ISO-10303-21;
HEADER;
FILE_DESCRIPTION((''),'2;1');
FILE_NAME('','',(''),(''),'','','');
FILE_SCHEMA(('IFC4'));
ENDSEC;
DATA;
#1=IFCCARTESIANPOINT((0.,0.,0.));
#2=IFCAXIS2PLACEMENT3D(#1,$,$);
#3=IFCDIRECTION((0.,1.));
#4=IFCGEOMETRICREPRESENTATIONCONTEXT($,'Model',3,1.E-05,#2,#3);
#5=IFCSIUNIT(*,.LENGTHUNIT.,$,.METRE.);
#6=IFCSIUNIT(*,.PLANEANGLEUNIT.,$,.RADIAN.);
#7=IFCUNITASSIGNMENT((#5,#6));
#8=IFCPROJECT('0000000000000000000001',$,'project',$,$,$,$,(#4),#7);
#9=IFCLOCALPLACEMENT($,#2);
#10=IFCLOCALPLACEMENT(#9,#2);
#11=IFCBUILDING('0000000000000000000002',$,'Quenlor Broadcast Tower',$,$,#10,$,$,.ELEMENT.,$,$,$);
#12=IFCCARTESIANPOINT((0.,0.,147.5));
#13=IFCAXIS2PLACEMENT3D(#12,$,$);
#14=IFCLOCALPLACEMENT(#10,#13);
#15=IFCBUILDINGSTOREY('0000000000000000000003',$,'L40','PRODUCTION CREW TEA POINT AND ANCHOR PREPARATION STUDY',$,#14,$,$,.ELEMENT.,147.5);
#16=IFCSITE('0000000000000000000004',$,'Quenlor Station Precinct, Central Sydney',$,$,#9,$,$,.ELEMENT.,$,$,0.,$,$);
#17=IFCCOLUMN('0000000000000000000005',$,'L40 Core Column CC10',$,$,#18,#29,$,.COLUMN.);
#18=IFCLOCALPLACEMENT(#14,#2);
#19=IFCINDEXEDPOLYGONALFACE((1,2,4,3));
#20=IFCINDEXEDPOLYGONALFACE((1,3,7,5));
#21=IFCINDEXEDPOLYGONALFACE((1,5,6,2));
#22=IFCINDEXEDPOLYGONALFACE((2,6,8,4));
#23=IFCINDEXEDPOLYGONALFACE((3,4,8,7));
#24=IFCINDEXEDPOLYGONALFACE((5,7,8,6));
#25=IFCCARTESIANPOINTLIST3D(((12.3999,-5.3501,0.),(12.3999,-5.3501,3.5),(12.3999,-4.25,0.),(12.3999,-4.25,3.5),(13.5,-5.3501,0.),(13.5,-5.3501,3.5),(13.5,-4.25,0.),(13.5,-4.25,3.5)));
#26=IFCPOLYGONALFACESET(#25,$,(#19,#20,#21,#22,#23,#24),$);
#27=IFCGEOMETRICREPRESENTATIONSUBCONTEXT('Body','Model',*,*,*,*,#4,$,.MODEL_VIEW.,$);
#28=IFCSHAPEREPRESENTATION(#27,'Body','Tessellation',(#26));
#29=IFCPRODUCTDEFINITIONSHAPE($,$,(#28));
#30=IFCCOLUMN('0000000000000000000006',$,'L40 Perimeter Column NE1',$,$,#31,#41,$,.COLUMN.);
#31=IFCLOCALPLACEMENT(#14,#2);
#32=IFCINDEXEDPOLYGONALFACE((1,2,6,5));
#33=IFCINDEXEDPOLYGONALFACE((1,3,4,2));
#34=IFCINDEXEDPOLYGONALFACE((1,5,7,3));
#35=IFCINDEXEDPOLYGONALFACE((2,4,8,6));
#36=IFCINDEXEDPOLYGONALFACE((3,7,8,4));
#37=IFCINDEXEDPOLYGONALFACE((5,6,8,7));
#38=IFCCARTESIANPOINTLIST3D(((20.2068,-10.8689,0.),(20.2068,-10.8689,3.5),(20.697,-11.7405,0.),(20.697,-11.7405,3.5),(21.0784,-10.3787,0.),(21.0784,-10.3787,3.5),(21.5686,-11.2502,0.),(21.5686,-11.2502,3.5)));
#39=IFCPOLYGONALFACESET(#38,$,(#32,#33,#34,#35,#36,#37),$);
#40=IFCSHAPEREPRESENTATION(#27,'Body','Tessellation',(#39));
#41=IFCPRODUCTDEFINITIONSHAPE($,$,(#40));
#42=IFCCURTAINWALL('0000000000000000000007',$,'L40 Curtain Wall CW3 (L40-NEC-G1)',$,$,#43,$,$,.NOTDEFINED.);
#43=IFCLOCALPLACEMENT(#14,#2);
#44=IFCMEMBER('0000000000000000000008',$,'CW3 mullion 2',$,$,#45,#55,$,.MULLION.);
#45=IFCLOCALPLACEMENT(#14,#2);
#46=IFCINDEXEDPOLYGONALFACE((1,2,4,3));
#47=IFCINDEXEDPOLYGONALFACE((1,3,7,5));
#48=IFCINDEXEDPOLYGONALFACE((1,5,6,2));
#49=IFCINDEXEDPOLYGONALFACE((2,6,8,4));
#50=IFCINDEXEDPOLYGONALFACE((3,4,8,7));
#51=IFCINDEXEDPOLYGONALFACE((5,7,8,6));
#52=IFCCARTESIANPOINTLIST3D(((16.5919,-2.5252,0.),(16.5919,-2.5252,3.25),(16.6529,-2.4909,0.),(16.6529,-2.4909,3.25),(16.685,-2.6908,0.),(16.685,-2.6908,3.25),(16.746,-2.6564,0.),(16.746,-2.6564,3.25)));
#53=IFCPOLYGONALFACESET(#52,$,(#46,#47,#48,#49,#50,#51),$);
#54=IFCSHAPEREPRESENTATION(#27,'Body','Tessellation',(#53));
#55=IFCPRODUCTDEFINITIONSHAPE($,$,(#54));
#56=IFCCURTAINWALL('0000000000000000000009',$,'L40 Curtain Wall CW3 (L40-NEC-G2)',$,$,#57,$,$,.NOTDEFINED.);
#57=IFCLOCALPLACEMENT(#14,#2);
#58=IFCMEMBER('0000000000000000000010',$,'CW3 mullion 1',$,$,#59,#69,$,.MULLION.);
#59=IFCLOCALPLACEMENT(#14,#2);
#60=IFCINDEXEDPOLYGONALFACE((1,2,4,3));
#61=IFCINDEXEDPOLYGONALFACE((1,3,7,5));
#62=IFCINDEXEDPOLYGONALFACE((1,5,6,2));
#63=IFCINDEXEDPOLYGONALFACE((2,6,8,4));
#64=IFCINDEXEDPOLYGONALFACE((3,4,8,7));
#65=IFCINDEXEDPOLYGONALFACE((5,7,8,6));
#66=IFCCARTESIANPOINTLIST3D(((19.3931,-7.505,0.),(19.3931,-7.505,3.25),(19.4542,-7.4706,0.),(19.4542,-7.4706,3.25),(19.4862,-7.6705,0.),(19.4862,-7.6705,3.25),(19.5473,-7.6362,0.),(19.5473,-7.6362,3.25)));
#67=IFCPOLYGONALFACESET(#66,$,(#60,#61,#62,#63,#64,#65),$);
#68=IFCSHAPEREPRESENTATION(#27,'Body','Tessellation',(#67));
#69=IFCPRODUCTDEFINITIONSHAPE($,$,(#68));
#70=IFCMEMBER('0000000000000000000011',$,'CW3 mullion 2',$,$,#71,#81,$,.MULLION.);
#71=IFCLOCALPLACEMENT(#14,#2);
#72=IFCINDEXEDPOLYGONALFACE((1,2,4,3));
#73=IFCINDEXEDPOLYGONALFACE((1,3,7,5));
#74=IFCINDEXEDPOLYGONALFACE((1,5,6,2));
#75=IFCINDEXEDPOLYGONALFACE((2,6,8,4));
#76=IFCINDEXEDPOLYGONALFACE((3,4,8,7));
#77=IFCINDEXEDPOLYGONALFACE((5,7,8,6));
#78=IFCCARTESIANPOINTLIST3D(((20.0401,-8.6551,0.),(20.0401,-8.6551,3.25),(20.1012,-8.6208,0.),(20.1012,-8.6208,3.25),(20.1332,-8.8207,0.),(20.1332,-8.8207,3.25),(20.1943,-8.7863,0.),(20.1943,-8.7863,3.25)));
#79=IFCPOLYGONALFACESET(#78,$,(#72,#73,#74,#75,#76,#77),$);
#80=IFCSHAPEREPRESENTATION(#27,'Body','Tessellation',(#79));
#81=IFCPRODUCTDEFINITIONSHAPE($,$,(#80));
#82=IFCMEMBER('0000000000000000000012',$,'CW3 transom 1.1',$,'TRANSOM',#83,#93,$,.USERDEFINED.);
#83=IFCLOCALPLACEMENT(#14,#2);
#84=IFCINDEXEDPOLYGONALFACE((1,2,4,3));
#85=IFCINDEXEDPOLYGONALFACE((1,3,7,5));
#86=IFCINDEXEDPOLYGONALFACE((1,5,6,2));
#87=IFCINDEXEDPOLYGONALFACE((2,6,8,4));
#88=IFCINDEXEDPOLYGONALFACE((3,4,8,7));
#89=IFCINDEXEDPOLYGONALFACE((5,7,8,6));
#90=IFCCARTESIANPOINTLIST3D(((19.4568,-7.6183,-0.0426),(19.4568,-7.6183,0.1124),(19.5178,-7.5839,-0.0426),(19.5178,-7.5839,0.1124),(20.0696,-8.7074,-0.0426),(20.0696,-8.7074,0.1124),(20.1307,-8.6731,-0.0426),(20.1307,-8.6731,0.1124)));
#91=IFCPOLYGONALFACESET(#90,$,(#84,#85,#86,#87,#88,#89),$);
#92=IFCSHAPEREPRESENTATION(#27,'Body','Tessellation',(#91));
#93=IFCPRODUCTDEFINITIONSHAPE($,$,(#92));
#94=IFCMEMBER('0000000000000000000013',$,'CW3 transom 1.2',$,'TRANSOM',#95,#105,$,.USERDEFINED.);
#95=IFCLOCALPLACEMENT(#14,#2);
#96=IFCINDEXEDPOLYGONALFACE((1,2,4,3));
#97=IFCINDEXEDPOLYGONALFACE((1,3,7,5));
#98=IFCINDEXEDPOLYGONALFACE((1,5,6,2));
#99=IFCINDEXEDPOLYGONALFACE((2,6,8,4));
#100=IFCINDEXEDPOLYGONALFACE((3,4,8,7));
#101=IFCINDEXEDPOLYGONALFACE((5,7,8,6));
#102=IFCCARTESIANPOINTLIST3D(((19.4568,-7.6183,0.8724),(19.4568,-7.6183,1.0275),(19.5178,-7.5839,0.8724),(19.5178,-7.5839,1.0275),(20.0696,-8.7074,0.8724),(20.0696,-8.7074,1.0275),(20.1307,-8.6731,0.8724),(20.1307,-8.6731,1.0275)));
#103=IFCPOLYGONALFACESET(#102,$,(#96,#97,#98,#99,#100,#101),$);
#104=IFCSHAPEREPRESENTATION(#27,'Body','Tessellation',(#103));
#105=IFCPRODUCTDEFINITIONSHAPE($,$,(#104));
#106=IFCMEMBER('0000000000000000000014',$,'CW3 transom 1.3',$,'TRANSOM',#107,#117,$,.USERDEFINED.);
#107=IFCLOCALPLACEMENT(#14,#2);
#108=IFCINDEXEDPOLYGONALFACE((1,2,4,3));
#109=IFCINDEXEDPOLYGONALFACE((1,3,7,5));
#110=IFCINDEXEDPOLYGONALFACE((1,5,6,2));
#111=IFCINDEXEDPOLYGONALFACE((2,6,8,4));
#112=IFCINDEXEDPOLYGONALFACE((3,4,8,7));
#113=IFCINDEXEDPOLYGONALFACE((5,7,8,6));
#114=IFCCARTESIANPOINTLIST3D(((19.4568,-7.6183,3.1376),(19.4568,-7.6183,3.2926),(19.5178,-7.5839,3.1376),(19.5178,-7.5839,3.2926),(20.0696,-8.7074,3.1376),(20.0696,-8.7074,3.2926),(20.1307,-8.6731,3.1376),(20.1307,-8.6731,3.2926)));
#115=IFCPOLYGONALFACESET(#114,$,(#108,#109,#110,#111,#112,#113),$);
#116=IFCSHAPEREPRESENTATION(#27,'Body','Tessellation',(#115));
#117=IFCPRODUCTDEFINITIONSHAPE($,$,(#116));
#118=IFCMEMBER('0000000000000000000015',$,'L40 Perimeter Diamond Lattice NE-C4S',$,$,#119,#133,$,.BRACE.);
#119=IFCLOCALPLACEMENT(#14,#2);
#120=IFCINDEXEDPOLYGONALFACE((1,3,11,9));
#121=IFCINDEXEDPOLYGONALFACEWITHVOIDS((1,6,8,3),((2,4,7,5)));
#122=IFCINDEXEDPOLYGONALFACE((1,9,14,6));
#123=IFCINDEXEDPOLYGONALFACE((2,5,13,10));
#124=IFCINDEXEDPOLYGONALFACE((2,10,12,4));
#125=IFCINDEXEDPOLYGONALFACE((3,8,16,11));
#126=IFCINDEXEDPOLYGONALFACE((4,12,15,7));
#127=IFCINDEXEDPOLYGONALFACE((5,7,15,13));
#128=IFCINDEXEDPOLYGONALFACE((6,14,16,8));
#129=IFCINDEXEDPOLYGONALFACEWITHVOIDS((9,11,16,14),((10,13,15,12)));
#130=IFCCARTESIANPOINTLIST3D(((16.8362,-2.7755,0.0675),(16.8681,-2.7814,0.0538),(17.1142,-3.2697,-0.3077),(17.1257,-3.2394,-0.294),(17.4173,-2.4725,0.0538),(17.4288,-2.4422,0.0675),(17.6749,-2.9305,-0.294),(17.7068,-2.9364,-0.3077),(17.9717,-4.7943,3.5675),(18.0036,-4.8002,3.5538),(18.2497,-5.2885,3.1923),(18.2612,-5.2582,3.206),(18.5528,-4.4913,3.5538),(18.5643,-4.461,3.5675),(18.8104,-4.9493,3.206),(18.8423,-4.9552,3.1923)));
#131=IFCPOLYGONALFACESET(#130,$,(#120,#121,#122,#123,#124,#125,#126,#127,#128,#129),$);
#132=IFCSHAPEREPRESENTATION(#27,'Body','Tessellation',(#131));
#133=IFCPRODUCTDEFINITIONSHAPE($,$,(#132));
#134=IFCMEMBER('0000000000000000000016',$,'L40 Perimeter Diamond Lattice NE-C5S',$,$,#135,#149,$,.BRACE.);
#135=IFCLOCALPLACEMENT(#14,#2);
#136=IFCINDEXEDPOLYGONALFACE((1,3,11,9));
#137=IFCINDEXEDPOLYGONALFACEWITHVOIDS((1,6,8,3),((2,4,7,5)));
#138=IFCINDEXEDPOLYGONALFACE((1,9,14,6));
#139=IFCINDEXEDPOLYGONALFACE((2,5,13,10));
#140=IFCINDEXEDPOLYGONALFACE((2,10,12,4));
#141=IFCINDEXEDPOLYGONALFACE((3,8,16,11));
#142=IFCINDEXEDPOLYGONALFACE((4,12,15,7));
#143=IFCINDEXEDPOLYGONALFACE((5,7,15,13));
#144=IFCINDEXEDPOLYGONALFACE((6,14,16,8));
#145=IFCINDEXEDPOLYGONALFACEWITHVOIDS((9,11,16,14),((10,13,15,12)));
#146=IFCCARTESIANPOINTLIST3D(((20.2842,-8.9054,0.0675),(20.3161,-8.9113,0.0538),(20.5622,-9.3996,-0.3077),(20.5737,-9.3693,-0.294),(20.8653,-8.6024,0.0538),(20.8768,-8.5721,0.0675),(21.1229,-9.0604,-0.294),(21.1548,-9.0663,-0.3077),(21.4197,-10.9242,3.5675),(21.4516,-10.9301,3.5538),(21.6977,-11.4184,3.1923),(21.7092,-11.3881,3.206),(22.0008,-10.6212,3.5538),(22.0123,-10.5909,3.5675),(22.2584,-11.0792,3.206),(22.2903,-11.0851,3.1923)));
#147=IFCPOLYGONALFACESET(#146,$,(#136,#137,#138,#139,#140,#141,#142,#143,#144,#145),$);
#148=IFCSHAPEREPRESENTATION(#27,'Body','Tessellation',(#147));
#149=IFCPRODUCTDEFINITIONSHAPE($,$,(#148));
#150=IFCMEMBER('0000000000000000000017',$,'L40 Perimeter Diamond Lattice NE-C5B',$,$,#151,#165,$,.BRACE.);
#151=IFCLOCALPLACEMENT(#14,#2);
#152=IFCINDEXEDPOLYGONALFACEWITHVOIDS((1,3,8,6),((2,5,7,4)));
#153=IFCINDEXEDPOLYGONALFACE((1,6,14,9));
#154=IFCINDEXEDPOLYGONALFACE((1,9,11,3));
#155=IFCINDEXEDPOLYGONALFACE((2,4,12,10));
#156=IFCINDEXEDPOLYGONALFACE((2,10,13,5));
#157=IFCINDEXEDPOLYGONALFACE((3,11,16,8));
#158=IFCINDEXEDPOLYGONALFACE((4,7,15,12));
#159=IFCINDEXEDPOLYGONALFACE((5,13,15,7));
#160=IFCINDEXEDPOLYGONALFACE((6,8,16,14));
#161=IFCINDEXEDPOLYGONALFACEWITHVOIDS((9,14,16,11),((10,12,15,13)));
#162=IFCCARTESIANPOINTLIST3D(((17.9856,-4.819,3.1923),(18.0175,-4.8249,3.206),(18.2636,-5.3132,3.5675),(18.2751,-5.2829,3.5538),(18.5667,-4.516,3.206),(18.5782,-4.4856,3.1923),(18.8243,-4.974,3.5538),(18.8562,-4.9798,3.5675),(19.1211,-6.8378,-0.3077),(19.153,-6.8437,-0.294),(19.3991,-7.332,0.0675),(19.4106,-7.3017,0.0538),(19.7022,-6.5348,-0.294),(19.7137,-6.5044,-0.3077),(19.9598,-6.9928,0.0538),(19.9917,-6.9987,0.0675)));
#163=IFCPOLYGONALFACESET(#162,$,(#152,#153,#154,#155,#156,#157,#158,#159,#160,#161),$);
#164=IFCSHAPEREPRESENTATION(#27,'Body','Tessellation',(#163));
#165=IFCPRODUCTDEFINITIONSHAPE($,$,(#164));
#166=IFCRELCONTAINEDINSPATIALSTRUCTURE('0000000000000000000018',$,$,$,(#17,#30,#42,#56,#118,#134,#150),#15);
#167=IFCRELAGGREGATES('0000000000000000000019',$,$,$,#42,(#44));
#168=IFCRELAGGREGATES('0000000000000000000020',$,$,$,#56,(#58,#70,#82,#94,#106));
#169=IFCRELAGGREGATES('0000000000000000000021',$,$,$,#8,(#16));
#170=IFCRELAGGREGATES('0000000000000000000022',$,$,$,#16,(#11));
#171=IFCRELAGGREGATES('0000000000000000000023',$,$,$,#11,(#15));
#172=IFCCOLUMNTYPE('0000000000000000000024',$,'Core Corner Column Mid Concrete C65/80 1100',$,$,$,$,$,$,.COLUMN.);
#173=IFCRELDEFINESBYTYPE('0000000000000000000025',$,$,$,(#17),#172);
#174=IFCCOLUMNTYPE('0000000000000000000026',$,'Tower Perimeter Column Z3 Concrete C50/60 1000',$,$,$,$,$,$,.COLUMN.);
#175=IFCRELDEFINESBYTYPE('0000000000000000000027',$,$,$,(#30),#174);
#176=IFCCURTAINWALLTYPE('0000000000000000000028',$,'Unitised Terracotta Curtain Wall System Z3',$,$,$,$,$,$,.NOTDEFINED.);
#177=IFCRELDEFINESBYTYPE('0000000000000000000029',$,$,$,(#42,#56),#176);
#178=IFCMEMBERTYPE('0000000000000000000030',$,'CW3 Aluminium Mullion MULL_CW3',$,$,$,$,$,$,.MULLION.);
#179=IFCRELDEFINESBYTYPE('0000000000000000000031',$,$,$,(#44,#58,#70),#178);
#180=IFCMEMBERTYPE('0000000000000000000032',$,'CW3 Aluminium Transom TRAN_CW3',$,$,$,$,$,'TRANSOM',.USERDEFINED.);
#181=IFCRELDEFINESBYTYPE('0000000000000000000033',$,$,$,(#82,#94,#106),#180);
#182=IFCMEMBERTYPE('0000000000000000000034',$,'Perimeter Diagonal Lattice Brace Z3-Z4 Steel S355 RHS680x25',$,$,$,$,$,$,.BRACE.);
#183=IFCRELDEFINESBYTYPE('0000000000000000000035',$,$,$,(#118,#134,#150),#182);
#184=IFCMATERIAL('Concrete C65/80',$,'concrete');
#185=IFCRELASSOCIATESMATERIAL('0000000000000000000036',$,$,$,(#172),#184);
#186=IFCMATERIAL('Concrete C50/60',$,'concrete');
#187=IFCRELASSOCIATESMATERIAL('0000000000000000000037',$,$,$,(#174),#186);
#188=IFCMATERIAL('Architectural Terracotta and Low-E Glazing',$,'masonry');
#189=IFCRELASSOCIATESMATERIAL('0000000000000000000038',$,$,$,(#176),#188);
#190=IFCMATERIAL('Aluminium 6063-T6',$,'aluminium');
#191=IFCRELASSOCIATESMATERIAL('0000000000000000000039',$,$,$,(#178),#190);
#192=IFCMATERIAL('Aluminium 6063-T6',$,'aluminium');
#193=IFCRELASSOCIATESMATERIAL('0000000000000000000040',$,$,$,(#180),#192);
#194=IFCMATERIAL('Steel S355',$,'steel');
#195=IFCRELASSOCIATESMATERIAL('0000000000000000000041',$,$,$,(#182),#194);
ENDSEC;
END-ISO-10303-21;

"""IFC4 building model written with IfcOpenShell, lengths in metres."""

from ifc_helpers import new_model, si_unit, direction, frame, origin, origin_2d, place, context, subcontext, project, spatial, rectangle, hollow_rectangle, extrude, material, material_profile, profile_set, type_object, element, aggregate, save


model = new_model("IFC4")

# Units and contexts
model_context = context("Model", 3, precision=1e-05, world=origin(), true_north=direction((0.0, 1.0)))
body_context = subcontext(model_context, "Body", "Model", "MODEL_VIEW")
ifc_project = project(units=[si_unit("LENGTHUNIT", "METRE"), si_unit("PLANEANGLEUNIT", "RADIAN")], contexts=[model_context])

# Site, building, storey
site_placement = place(None, origin())
site = spatial("IfcSite", under=ifc_project, at=site_placement, Name="Quenlor Station Precinct, Central Sydney", CompositionType="ELEMENT", RefElevation=0.0)
building_placement = place(site_placement, origin())
building = spatial("IfcBuilding", under=site, at=building_placement, Name="Quenlor Broadcast Tower", CompositionType="ELEMENT")
storey_placement = place(building_placement, frame((0.0, 0.0, 147.5)))
storey = spatial("IfcBuildingStorey", under=building, at=storey_placement, Name="L40", Description="PRODUCTION CREW TEA POINT AND ANCHOR PREPARATION STUDY", CompositionType="ELEMENT", Elevation=147.5)

# Columns
ifc_material_1 = material(Name="Concrete C65/80", Category="concrete")
ifc_material_profile_1 = material_profile(ifc_material_1, rectangle(XDim=1.1001, YDim=1.1001, at=origin_2d()))
ifc_profile_set_1 = profile_set([ifc_material_profile_1], Name="Concrete C65/80 RC1100x1100")
column_type_1 = type_object("IfcColumnType", Name="Core Corner Column Mid Concrete C65/80 1100", PredefinedType="COLUMN", material=ifc_profile_set_1)
column_1_placement = place(storey_placement, frame((12.95, -4.8, 0.0), z_axis=(0.0, 0.0, 1.0), x_axis=(1.0, 0.0, 0.0)))
element("IfcColumn", 1, at=column_1_placement, inside=storey, type_object=column_type_1, Name="L40 Core Column CC10", PredefinedType="COLUMN", context=body_context, shape_type="SweptSolid", body=[
    extrude(rectangle(XDim=1.1001, YDim=1.1001, at=origin_2d()), origin(), (0.0, 0.0, 1.0), 3.5),
])
ifc_material_2 = material(Name="Concrete C50/60", Category="concrete")
ifc_material_profile_2 = material_profile(ifc_material_2, rectangle(XDim=1.0, YDim=1.0, at=origin_2d()))
ifc_profile_set_2 = profile_set([ifc_material_profile_2], Name="Concrete C50/60 RC1000x1000")
column_type_2 = type_object("IfcColumnType", Name="Tower Perimeter Column Z3 Concrete C50/60 1000", PredefinedType="COLUMN", material=ifc_profile_set_2)
column_2_placement = place(storey_placement, frame((20.8877, -11.0596, 0.0), z_axis=(0.0, 0.0, 1.0), x_axis=(0.871575, 0.490262, 0.0)))
element("IfcColumn", 2, at=column_2_placement, inside=storey, type_object=column_type_2, Name="L40 Perimeter Column NE1", PredefinedType="COLUMN", context=body_context, shape_type="SweptSolid", body=[
    extrude(rectangle(XDim=1.0, YDim=1.0, at=origin_2d()), origin(), (0.0, 0.0, 1.0), 3.5),
])

# Curtain wall, member
ifc_material_3 = material(Name="Architectural Terracotta and Low-E Glazing", Category="masonry")
curtain_wall_type = type_object("IfcCurtainWallType", Name="Unitised Terracotta Curtain Wall System Z3", PredefinedType="NOTDEFINED", material=ifc_material_3)
curtain_wall_1_placement = place(storey_placement, origin())
curtain_wall_1 = element("IfcCurtainWall", 3, at=curtain_wall_1_placement, inside=storey, type_object=curtain_wall_type, Name="L40 Curtain Wall CW3 (L40-NEC-G1)", PredefinedType="NOTDEFINED")
ifc_material_4 = material(Name="Aluminium 6063-T6", Category="aluminium")
ifc_material_profile_3 = material_profile(ifc_material_4, rectangle(XDim=0.0701, YDim=0.1899, at=origin_2d()))
ifc_profile_set_3 = profile_set([ifc_material_profile_3], Name="Aluminium 6063-T6 MULL70x190")
member_type_1 = type_object("IfcMemberType", Name="CW3 Aluminium Mullion MULL_CW3", PredefinedType="MULLION", material=ifc_profile_set_3)
member_1_placement = place(storey_placement, frame((16.6689, -2.5908, 0.0), z_axis=(0.0, 0.0, 1.0), x_axis=(0.87158, 0.490253, 0.0)))
member_1 = element("IfcMember", 4, at=member_1_placement, type_object=member_type_1, Name="CW3 mullion 2", PredefinedType="MULLION", context=body_context, shape_type="SweptSolid", body=[
    extrude(rectangle(XDim=0.0701, YDim=0.1899, at=origin_2d()), origin(), (0.0, 0.0, 1.0), 3.25),
])
aggregate(curtain_wall_1, [member_1])

# Curtain wall, members
curtain_wall_2_placement = place(storey_placement, origin())
curtain_wall_2 = element("IfcCurtainWall", 5, at=curtain_wall_2_placement, inside=storey, type_object=curtain_wall_type, Name="L40 Curtain Wall CW3 (L40-NEC-G2)", PredefinedType="NOTDEFINED")
member_2_placement = place(storey_placement, frame((19.4702, -7.5706, 0.0), z_axis=(0.0, 0.0, 1.0), x_axis=(0.871576, 0.490261, 0.0)))
member_2 = element("IfcMember", 6, at=member_2_placement, type_object=member_type_1, Name="CW3 mullion 1", PredefinedType="MULLION", context=body_context, shape_type="SweptSolid", body=[
    extrude(rectangle(XDim=0.0701, YDim=0.1899, at=origin_2d()), origin(), (0.0, 0.0, 1.0), 3.25),
])
member_3_placement = place(storey_placement, frame((20.1172, -8.7207, 0.0), z_axis=(0.0, 0.0, 1.0), x_axis=(0.871576, 0.490261, 0.0)))
member_3 = element("IfcMember", 7, at=member_3_placement, type_object=member_type_1, Name="CW3 mullion 2", PredefinedType="MULLION", context=body_context, shape_type="SweptSolid", body=[
    extrude(rectangle(XDim=0.0701, YDim=0.1899, at=origin_2d()), origin(), (0.0, 0.0, 1.0), 3.25),
])
ifc_material_5 = material(Name="Aluminium 6063-T6", Category="aluminium")
ifc_material_profile_4 = material_profile(ifc_material_5, rectangle(XDim=0.0701, YDim=0.155, at=origin_2d()))
ifc_profile_set_4 = profile_set([ifc_material_profile_4], Name="Aluminium 6063-T6 TRAN70x155")
member_type_2 = type_object("IfcMemberType", Name="CW3 Aluminium Transom TRAN_CW3", ElementType="TRANSOM", PredefinedType="USERDEFINED", material=ifc_profile_set_4)
member_4_placement = place(storey_placement, frame((19.4873, -7.6011, 0.0349), z_axis=(0.490363, -0.871518, 0.0), x_axis=(0.871518, 0.490363, 0.0)))
member_4 = element("IfcMember", 8, at=member_4_placement, type_object=member_type_2, Name="CW3 transom 1.1", ObjectType="TRANSOM", PredefinedType="USERDEFINED", context=body_context, shape_type="SweptSolid", body=[
    extrude(rectangle(XDim=0.0701, YDim=0.155, at=origin_2d()), origin(), (0.0, 0.0, 1.0), 1.2498),
])
member_5_placement = place(storey_placement, frame((19.4873, -7.6011, 0.95), z_axis=(0.490363, -0.871518, 0.0), x_axis=(0.871518, 0.490363, 0.0)))
member_5 = element("IfcMember", 9, at=member_5_placement, type_object=member_type_2, Name="CW3 transom 1.2", ObjectType="TRANSOM", PredefinedType="USERDEFINED", context=body_context, shape_type="SweptSolid", body=[
    extrude(rectangle(XDim=0.0701, YDim=0.155, at=origin_2d()), origin(), (0.0, 0.0, 1.0), 1.2498),
])
member_6_placement = place(storey_placement, frame((19.4873, -7.6011, 3.2151), z_axis=(0.490363, -0.871518, 0.0), x_axis=(0.871518, 0.490363, 0.0)))
member_6 = element("IfcMember", 10, at=member_6_placement, type_object=member_type_2, Name="CW3 transom 1.3", ObjectType="TRANSOM", PredefinedType="USERDEFINED", context=body_context, shape_type="SweptSolid", body=[
    extrude(rectangle(XDim=0.0701, YDim=0.155, at=origin_2d()), origin(), (0.0, 0.0, 1.0), 1.2498),
])

# Members
ifc_material_6 = material(Name="Steel S355", Category="steel")
ifc_material_profile_5 = material_profile(ifc_material_6, hollow_rectangle(XDim=0.6799, YDim=0.6799, WallThickness=0.0249, at=origin_2d()))
ifc_profile_set_5 = profile_set([ifc_material_profile_5], Name="Steel S355 RHS680x680x25")
member_type_3 = type_object("IfcMemberType", Name="Perimeter Diagonal Lattice Brace Z3-Z4 Steel S355 RHS680x25", PredefinedType="BRACE", material=ifc_profile_set_5)
for number, where, z_axis, x_axis, name in (
    (11, (17.2715, -2.856, -0.1201), (0.270549, -0.481009, 0.833927), (0.87159, 0.490236, 0.0), "L40 Perimeter Diamond Lattice NE-C4S"),
    (12, (20.7195, -8.9858, -0.1201), (0.270549, -0.481009, 0.833927), (0.87159, 0.490236, 0.0), "L40 Perimeter Diamond Lattice NE-C5S"),
    (13, (19.5564, -6.9182, -0.1201), (-0.270549, 0.481009, 0.833927), (-0.87159, -0.490236, 0.0), "L40 Perimeter Diamond Lattice NE-C5B"),
):
    element("IfcMember", number, at=place(storey_placement, frame(where, z_axis=z_axis, x_axis=x_axis)), inside=storey, type_object=member_type_3, Name=name, PredefinedType="BRACE", context=body_context, shape_type="SweptSolid", body=[
        extrude(hollow_rectangle(XDim=0.6799, YDim=0.6799, WallThickness=0.0249, at=origin_2d()), origin(), (0.0, 0.0, 1.0), 4.197),
    ])

aggregate(curtain_wall_2, [member_2, member_3, member_4, member_5, member_6])

save(model, "model.ifc")
